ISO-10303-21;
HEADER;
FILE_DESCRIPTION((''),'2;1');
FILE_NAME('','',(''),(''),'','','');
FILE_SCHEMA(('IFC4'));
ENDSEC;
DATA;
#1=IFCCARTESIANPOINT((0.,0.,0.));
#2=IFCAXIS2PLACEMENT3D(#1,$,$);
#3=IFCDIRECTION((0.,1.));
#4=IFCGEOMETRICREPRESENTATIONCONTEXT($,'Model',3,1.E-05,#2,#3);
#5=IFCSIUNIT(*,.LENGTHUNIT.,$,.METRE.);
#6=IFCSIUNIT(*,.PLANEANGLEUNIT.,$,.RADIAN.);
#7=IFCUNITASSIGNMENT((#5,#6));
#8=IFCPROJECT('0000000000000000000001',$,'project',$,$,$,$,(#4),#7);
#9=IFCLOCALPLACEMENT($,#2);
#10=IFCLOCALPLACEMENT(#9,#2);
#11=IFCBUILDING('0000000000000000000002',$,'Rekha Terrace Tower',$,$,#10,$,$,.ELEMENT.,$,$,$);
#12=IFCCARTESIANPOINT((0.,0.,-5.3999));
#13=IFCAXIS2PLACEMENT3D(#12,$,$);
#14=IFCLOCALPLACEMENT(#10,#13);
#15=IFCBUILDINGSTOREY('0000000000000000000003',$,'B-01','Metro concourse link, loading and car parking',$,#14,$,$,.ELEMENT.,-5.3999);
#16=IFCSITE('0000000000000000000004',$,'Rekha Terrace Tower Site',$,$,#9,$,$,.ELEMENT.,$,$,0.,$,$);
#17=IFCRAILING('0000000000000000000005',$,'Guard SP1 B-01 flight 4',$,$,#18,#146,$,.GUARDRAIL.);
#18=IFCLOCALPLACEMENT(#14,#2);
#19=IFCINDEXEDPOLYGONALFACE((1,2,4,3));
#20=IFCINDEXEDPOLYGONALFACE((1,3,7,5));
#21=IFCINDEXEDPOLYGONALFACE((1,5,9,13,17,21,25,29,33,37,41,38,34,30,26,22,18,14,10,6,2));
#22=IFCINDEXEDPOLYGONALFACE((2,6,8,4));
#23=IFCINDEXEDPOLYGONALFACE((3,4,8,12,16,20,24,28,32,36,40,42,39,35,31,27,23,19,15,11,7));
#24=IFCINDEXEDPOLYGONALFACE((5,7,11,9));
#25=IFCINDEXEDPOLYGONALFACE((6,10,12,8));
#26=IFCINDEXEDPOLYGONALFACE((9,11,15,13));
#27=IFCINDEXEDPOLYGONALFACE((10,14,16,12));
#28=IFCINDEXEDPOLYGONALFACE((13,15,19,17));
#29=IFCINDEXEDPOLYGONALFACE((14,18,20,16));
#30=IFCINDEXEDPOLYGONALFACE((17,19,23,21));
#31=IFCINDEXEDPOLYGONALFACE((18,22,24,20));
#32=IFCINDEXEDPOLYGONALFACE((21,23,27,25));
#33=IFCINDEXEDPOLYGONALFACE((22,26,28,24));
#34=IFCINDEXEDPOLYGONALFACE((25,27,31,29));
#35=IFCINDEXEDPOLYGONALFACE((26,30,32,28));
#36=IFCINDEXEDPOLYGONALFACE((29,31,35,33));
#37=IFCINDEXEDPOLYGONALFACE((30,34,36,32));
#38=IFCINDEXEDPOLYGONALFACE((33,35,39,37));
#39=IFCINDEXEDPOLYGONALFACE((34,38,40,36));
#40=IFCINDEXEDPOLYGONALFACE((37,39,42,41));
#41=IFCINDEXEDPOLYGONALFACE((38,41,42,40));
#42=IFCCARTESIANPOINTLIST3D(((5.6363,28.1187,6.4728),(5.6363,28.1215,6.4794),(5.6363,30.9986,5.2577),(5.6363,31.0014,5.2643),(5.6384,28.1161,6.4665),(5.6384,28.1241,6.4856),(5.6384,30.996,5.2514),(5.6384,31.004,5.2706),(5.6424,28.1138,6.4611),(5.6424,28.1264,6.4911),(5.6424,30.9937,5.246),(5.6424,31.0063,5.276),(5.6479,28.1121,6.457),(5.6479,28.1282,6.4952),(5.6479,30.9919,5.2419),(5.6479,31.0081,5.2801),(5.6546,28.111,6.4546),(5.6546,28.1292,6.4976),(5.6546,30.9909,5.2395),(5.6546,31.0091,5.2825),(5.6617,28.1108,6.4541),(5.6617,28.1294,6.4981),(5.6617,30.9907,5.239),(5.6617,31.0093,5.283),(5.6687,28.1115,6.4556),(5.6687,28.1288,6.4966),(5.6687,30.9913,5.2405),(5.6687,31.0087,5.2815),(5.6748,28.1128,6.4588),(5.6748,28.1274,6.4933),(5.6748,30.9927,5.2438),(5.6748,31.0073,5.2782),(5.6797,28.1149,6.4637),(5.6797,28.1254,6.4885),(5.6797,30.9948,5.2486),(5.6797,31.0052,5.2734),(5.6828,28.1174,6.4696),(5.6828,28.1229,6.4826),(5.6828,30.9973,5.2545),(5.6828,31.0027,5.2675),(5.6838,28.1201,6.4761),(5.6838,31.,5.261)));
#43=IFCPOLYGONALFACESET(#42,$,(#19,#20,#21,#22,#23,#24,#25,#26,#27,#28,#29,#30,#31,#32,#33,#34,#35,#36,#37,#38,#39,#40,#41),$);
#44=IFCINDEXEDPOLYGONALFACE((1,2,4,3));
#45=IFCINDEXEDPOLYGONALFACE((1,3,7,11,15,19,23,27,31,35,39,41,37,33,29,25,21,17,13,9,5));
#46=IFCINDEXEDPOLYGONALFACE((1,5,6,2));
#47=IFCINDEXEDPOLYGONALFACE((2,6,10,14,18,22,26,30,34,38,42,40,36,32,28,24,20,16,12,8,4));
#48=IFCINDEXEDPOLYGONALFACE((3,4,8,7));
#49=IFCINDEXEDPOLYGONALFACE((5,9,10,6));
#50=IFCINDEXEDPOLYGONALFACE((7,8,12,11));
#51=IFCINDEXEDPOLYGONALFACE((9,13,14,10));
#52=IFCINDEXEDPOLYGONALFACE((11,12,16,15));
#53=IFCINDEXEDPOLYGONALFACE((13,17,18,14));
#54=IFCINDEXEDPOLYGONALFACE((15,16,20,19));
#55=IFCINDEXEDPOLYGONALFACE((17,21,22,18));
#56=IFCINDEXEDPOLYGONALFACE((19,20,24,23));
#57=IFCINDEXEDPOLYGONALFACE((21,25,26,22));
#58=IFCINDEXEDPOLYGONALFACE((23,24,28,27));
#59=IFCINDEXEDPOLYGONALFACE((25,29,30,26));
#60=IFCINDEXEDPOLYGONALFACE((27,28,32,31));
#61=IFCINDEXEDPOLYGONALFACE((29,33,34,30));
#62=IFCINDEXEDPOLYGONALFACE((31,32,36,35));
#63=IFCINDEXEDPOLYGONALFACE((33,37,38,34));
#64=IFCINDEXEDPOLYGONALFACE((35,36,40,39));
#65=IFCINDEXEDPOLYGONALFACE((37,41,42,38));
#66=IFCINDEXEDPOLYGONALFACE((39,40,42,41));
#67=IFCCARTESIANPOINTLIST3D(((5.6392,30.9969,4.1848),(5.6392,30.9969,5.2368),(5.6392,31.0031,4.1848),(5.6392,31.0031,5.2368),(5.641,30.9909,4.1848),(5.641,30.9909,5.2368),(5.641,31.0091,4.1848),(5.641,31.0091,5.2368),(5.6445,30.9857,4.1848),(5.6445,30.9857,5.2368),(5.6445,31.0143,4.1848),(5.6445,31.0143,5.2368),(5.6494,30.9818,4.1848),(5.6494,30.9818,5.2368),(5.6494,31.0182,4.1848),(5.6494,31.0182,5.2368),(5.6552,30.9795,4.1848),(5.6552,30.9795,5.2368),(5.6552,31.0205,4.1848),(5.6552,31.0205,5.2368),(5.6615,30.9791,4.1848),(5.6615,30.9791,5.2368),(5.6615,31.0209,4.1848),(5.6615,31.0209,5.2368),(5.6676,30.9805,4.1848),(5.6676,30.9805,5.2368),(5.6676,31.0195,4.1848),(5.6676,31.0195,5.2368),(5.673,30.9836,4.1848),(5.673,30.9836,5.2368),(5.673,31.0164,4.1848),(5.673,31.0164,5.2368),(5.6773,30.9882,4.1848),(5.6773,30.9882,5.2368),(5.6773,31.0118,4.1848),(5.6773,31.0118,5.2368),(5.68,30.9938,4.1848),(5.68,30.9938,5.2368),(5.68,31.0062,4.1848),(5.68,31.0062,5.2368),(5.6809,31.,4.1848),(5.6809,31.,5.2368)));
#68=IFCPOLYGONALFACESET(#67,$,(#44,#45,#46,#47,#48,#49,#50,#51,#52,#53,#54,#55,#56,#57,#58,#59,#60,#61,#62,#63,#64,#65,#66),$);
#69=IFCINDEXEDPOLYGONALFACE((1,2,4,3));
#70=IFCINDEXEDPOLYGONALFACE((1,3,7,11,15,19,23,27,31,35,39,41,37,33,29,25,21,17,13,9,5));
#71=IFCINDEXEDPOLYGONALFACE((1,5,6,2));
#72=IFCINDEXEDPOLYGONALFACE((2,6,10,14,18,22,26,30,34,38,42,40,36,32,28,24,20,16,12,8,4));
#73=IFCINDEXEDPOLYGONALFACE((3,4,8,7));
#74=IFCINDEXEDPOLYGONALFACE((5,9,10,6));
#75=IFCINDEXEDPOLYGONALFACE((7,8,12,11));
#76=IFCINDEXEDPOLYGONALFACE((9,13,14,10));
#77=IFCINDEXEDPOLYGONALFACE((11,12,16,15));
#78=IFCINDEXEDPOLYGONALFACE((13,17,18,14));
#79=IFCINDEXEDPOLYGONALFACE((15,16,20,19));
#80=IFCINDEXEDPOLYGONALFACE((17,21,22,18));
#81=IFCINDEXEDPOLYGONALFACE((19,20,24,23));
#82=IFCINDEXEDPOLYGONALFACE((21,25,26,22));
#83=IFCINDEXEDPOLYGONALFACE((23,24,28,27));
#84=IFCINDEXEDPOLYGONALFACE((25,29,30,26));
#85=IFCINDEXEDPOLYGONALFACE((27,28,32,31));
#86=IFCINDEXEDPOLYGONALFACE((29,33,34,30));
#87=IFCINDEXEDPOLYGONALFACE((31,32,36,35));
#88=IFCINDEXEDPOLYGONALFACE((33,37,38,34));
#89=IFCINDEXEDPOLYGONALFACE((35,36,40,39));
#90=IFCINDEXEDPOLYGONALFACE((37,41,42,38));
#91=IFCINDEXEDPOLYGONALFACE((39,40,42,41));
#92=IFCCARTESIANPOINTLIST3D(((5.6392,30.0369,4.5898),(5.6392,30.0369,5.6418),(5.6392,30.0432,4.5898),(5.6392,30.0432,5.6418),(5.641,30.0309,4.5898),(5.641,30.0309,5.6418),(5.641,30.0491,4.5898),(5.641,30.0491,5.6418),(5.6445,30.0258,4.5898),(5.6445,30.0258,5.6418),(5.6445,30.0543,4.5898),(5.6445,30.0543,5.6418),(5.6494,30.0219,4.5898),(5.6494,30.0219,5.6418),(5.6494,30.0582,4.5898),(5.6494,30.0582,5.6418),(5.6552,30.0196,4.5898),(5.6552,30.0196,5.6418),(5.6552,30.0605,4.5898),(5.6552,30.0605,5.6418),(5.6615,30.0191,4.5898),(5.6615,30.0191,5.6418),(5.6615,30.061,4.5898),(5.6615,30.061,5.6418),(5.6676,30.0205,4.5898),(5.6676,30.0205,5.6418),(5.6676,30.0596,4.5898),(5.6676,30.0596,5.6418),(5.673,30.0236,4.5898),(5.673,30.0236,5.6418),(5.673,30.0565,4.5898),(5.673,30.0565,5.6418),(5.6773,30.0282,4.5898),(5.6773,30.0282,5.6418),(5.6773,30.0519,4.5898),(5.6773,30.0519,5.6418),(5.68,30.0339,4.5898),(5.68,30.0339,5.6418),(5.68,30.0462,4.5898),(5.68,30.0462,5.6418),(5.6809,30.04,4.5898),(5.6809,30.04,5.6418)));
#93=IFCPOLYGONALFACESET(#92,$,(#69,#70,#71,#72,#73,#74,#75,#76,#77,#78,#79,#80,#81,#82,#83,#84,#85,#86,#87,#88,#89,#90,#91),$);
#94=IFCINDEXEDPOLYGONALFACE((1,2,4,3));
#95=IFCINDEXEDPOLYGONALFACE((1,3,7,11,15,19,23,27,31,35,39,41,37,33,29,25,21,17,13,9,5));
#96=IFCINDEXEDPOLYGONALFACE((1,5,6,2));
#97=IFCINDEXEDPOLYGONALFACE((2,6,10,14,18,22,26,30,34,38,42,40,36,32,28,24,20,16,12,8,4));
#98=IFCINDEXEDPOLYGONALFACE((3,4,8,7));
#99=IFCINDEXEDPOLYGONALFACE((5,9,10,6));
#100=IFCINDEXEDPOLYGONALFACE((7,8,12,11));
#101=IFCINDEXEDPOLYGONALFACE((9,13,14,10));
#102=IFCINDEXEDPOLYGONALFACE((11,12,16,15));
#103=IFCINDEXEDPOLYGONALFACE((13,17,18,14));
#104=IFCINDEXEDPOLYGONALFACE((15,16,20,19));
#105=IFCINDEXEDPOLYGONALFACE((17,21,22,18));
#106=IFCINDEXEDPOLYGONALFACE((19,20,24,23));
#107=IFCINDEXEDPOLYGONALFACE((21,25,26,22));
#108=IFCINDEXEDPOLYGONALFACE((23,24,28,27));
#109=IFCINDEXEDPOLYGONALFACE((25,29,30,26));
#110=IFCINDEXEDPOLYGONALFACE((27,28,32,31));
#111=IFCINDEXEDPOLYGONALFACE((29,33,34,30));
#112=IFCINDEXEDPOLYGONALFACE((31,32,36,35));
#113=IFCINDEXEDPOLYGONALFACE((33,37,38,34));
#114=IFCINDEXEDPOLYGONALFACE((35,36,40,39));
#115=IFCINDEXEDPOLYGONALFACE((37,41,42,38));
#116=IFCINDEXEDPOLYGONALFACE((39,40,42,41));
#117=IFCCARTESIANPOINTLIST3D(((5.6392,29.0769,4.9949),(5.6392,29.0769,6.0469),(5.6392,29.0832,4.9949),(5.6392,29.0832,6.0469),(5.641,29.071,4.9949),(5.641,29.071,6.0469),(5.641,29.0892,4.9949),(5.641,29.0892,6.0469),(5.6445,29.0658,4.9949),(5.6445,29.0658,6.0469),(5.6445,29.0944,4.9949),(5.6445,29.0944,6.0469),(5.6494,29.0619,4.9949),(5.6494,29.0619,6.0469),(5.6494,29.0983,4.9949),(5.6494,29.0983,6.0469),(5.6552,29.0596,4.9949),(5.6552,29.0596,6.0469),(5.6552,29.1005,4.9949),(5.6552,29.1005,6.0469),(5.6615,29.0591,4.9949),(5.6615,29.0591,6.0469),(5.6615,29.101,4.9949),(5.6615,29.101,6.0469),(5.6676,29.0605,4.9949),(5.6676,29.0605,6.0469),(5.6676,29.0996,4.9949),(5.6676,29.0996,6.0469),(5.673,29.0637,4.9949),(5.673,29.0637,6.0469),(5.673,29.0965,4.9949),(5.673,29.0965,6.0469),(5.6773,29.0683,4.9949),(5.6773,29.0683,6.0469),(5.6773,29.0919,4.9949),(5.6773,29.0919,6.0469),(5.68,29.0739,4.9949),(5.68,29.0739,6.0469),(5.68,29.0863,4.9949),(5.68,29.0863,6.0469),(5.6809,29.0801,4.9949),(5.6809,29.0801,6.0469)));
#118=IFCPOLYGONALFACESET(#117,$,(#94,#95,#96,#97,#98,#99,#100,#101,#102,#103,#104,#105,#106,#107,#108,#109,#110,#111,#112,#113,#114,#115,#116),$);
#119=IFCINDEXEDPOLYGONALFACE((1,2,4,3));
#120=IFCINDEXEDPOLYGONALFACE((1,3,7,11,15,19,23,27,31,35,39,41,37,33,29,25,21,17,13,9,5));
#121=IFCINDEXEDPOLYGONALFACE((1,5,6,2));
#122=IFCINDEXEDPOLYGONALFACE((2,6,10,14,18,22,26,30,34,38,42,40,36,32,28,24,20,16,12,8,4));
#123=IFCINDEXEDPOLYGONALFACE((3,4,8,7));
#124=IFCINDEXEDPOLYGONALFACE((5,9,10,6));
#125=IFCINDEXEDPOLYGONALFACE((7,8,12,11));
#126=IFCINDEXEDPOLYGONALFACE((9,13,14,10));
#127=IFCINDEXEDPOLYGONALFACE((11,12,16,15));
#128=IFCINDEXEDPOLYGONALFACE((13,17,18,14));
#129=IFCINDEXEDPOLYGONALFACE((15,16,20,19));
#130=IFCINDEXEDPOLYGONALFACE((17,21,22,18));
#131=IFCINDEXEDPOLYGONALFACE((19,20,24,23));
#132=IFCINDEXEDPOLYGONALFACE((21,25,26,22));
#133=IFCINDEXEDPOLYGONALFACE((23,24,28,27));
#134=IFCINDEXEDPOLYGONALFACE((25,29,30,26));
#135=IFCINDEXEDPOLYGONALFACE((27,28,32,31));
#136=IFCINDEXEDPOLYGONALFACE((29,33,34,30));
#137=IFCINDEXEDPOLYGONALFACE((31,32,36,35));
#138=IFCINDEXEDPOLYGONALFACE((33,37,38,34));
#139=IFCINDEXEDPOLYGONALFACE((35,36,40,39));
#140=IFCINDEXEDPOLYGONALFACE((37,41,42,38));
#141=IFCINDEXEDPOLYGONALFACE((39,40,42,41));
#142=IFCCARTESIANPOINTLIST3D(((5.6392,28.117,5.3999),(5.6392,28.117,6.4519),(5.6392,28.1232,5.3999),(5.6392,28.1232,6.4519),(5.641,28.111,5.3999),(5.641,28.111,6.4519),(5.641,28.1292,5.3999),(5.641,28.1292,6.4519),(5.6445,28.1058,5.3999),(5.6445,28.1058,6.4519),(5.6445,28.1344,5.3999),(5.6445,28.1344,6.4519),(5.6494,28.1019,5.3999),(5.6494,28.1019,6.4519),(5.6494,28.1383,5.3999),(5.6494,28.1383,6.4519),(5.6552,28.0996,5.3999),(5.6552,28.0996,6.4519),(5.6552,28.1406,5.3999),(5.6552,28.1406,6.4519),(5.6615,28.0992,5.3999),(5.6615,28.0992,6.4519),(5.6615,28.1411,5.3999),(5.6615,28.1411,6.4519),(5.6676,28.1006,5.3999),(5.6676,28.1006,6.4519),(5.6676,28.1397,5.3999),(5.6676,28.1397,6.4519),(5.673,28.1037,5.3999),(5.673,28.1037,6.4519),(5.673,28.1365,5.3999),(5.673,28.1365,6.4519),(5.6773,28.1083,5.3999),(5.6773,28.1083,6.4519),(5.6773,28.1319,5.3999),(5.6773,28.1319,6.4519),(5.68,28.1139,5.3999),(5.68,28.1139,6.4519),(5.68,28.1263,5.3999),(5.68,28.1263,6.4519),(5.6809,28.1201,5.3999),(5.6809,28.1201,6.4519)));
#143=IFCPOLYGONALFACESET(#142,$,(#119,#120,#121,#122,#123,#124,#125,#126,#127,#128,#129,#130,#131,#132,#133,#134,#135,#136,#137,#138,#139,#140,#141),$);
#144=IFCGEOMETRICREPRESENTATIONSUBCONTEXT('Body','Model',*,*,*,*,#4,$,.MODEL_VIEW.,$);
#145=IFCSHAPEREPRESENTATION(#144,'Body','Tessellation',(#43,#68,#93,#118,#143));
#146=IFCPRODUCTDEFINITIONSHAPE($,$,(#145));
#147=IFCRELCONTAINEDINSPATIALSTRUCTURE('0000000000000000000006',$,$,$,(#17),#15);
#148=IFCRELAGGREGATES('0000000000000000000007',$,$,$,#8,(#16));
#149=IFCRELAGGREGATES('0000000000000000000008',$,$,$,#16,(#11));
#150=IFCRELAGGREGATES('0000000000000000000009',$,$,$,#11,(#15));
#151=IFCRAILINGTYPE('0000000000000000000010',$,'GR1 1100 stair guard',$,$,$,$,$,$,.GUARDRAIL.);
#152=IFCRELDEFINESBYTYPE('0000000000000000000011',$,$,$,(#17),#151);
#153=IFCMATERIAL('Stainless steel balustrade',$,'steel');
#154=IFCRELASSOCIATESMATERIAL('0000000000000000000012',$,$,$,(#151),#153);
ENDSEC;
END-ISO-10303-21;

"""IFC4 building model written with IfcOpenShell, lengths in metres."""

from ifc_helpers import new_model, si_unit, direction, frame, origin, origin_2d, place, context, subcontext, project, spatial, circle, extrude, material, type_object, element, save


model = new_model("IFC4")

# Units and contexts
model_context = context("Model", 3, precision=1e-05, world=origin(), true_north=direction((0.0, 1.0)))
body_context = subcontext(model_context, "Body", "Model", "MODEL_VIEW")
ifc_project = project(units=[si_unit("LENGTHUNIT", "METRE"), si_unit("PLANEANGLEUNIT", "RADIAN")], contexts=[model_context])

# Site, building, storey
site_placement = place(None, origin())
site = spatial("IfcSite", under=ifc_project, at=site_placement, Name="Rekha Terrace Tower Site", CompositionType="ELEMENT", RefElevation=0.0)
building_placement = place(site_placement, origin())
building = spatial("IfcBuilding", under=site, at=building_placement, Name="Rekha Terrace Tower", CompositionType="ELEMENT")
storey_placement = place(building_placement, frame((0.0, 0.0, -5.3999)))
storey = spatial("IfcBuildingStorey", under=building, at=storey_placement, Name="B-01", Description="Metro concourse link, loading and car parking", CompositionType="ELEMENT", Elevation=-5.3999)

# Railing
ifc_material_1 = material(Name="Stainless steel balustrade", Category="steel")
railing_type_1 = type_object("IfcRailingType", Name="GR1 1100 stair guard", PredefinedType="GUARDRAIL", material=ifc_material_1)
railing_1_placement = place(storey_placement, frame((5.6599, 31.0, 4.1848)))
element("IfcRailing", 1, at=railing_1_placement, inside=storey, type_object=railing_type_1, Name="Guard SP1 B-01 flight 4", PredefinedType="GUARDRAIL", context=body_context, shape_type="SweptSolid", body=[
    extrude(circle(Radius=0.0239, at=origin_2d()), frame((0.0, 0.0, 1.0762), z_axis=(0.0, -0.921348, 0.388738), x_axis=(1.0, 0.0, 0.0)), (0.0, 0.0, 1.0), 3.1257),
    extrude(circle(Radius=0.021, at=origin_2d()), origin(), (0.0, 0.0, 1.0), 1.052),
    extrude(circle(Radius=0.021, at=origin_2d()), frame((0.0, -0.96, 0.405)), (0.0, 0.0, 1.0), 1.052),
    extrude(circle(Radius=0.021, at=origin_2d()), frame((0.0, -1.9199, 0.8101)), (0.0, 0.0, 1.0), 1.052),
    extrude(circle(Radius=0.021, at=origin_2d()), frame((0.0, -2.8799, 1.2151)), (0.0, 0.0, 1.0), 1.052),
])

save(model, "model.ifc")
